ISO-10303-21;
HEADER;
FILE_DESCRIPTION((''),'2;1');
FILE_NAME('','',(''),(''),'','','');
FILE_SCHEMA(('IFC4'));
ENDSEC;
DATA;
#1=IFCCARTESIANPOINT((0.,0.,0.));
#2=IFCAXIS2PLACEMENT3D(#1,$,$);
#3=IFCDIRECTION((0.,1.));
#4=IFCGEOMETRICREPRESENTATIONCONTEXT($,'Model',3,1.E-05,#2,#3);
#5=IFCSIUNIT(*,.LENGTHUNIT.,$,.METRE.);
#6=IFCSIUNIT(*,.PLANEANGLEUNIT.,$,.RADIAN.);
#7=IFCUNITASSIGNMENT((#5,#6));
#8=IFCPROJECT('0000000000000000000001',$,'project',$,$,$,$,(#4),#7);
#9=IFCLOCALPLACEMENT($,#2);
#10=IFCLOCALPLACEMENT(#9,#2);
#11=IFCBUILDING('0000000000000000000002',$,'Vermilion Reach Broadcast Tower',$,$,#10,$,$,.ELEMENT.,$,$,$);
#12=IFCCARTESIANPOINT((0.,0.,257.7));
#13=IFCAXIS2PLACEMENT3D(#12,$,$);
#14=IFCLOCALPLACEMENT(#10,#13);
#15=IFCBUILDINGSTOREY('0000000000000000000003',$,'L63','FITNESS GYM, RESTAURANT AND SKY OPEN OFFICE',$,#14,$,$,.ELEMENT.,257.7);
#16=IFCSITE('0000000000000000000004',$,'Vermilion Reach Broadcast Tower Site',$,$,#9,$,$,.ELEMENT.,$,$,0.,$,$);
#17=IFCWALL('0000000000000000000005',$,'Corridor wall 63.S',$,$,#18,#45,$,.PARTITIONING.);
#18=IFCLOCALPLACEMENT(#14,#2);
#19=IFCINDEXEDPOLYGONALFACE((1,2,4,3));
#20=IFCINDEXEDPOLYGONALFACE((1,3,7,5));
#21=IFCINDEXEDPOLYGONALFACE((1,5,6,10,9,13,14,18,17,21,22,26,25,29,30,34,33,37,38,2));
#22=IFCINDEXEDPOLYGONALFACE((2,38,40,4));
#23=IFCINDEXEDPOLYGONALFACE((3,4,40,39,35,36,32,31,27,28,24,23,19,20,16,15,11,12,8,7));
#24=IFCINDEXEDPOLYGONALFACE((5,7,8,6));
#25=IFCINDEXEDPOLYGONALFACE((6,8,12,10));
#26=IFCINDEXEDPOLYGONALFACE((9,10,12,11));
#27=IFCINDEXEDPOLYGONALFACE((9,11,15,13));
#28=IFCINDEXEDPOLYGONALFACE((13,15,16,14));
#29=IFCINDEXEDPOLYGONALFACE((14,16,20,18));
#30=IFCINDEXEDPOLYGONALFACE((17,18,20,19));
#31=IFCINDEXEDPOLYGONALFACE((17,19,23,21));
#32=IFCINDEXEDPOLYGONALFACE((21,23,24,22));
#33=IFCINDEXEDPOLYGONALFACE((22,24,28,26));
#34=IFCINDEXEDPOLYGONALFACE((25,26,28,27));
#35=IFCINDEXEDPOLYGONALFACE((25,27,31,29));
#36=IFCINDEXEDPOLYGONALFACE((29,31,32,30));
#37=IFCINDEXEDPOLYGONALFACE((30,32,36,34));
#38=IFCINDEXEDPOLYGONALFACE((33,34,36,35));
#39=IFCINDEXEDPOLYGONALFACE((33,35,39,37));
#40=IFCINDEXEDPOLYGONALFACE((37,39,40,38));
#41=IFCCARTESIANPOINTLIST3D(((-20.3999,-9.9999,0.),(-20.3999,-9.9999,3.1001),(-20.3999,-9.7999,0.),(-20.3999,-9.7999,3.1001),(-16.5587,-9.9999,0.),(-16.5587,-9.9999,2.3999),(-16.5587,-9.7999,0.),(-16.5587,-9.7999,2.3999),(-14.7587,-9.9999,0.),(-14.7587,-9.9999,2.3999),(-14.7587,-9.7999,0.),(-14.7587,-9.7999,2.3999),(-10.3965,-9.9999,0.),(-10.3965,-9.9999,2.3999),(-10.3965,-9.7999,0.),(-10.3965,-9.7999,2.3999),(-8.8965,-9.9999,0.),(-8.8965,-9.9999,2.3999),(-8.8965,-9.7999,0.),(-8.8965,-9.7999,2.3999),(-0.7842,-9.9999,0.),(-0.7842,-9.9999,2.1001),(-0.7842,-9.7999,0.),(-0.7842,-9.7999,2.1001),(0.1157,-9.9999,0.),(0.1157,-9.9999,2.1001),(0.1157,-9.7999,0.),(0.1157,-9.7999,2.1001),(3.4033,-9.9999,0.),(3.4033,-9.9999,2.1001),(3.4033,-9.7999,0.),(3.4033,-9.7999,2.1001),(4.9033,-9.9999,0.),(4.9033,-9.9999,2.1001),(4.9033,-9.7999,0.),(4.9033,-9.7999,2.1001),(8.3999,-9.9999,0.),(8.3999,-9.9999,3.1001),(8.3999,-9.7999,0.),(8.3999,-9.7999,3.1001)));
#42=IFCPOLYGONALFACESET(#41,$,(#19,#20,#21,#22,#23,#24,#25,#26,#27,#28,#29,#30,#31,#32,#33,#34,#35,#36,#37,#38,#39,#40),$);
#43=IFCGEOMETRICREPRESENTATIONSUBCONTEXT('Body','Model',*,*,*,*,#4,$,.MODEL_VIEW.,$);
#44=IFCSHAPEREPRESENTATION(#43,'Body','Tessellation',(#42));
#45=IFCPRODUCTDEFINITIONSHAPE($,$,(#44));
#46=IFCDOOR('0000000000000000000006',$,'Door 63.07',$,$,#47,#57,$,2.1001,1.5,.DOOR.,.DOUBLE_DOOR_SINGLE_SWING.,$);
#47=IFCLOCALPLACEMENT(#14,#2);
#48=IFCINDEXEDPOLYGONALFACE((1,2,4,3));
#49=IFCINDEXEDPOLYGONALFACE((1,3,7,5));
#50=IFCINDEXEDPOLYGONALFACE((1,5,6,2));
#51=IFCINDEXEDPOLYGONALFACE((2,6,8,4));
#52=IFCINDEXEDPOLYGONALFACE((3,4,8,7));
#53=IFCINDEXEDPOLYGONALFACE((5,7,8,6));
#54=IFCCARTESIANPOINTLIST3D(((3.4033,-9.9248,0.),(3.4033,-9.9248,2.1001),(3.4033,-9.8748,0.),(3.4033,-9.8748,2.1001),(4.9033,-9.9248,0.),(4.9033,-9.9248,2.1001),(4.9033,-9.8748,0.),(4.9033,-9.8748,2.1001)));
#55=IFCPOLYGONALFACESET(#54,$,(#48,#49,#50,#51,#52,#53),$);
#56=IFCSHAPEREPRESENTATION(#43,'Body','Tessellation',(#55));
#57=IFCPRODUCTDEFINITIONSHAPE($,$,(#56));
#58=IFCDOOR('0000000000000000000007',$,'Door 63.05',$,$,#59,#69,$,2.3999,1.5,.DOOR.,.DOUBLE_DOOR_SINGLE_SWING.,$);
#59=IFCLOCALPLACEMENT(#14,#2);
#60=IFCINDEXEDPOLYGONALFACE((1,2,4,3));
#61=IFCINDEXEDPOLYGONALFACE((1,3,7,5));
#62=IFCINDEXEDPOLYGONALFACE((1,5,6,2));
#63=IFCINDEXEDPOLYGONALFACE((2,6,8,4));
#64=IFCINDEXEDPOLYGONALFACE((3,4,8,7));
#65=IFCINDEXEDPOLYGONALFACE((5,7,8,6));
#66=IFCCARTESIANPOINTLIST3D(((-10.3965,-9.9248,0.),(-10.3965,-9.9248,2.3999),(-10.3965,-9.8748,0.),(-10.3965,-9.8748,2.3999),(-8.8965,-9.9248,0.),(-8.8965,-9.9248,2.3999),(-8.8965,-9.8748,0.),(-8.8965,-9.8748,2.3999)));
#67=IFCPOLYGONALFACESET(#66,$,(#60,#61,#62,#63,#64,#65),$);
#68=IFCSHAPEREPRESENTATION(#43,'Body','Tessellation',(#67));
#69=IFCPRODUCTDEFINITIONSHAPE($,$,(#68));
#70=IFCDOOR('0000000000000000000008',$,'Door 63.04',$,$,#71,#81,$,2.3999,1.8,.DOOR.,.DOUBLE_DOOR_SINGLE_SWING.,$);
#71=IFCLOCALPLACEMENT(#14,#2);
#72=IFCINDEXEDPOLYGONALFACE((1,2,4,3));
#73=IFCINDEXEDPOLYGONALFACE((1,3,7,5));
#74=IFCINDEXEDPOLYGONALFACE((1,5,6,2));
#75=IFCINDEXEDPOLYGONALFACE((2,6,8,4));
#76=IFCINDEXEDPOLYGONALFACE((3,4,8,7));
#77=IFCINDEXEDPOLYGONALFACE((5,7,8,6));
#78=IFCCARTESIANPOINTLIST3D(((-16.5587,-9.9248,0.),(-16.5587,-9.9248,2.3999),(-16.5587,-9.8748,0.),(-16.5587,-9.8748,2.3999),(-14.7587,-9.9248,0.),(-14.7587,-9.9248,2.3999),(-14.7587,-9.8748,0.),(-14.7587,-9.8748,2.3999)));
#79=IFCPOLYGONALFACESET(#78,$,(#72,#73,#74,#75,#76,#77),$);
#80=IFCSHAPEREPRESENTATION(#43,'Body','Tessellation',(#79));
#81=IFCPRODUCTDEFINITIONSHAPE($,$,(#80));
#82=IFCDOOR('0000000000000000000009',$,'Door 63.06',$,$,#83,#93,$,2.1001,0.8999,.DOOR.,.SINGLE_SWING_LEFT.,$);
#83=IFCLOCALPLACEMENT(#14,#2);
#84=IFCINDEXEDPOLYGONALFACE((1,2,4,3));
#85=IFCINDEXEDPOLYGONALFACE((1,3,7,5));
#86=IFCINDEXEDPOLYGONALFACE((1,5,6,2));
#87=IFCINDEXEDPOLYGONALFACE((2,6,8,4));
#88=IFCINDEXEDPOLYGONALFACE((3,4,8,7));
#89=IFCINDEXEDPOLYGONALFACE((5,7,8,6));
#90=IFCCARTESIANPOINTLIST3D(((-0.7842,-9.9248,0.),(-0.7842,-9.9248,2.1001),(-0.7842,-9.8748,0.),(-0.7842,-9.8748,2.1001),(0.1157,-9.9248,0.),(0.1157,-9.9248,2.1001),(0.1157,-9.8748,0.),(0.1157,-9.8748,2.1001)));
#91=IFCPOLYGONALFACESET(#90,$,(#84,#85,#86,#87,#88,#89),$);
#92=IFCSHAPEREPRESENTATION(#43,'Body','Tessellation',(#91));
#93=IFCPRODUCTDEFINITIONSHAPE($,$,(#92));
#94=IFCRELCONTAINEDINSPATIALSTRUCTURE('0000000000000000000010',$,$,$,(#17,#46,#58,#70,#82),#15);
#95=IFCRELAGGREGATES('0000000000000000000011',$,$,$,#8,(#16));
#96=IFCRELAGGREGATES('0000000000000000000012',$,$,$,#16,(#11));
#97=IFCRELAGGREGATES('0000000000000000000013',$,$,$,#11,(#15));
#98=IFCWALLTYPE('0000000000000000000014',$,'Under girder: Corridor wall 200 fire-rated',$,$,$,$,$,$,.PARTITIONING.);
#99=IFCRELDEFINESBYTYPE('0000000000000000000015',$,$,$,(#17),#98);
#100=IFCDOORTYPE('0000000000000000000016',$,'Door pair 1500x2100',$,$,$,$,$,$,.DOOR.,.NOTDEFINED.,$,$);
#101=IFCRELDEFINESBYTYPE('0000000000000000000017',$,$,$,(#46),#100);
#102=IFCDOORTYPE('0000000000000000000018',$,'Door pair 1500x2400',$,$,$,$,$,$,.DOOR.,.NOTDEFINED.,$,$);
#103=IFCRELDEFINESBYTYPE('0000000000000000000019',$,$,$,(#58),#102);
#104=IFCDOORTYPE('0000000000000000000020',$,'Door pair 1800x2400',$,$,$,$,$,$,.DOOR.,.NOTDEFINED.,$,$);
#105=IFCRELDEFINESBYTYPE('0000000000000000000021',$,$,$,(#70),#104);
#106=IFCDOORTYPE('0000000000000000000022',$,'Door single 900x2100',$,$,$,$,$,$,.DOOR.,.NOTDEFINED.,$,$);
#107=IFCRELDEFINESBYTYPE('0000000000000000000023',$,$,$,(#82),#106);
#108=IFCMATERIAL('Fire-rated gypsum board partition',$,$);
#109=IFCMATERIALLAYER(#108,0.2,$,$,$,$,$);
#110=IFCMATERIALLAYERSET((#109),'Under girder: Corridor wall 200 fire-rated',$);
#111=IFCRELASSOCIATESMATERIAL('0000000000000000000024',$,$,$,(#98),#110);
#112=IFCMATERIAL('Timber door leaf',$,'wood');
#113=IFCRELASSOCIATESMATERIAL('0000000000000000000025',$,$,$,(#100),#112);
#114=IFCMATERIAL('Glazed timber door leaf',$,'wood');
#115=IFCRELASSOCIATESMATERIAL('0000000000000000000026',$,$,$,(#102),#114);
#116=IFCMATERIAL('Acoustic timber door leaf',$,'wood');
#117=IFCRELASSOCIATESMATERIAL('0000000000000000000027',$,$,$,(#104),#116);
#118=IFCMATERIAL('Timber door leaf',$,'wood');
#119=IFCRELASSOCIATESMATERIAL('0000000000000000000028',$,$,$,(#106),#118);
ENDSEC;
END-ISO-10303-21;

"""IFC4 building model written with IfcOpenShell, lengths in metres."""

from ifc_helpers import new_model, si_unit, direction, frame, frame_2d, origin, place, context, subcontext, project, spatial, rectangle, extrude, material, layer, layer_set, type_object, element, fill, save


model = new_model("IFC4")

# Units and contexts
model_context = context("Model", 3, precision=1e-05, world=origin(), true_north=direction((0.0, 1.0)))
body_context = subcontext(model_context, "Body", "Model", "MODEL_VIEW")
ifc_project = project(units=[si_unit("LENGTHUNIT", "METRE"), si_unit("PLANEANGLEUNIT", "RADIAN")], contexts=[model_context])

# Site, building, storey
site_placement = place(None, origin())
site = spatial("IfcSite", under=ifc_project, at=site_placement, Name="Vermilion Reach Broadcast Tower Site", CompositionType="ELEMENT", RefElevation=0.0)
building_placement = place(site_placement, origin())
building = spatial("IfcBuilding", under=site, at=building_placement, Name="Vermilion Reach Broadcast Tower", CompositionType="ELEMENT")
storey_placement = place(building_placement, frame((0.0, 0.0, 257.7)))
storey = spatial("IfcBuildingStorey", under=building, at=storey_placement, Name="L63", Description="FITNESS GYM, RESTAURANT AND SKY OPEN OFFICE", CompositionType="ELEMENT", Elevation=257.7)

# Wall, openings, doors
ifc_material_1 = material(Name="Fire-rated gypsum board partition")
ifc_layer_1 = layer(ifc_material_1, 0.2)
ifc_layer_set_1 = layer_set([ifc_layer_1], Name="Under girder: Corridor wall 200 fire-rated")
wall_type_1 = type_object("IfcWallType", Name="Under girder: Corridor wall 200 fire-rated", PredefinedType="PARTITIONING", material=ifc_layer_set_1)
wall_1_placement = place(storey_placement, frame((8.3999, -9.8999, 0.0), z_axis=(0.0, 0.0, 1.0), x_axis=(-1.0, 0.0, 0.0)))
wall_1 = element("IfcWall", 1, at=wall_1_placement, inside=storey, type_object=wall_type_1, Name="Corridor wall 63.S", PredefinedType="PARTITIONING", context=body_context, shape_type="SweptSolid", body=[
    extrude(rectangle(XDim=28.7998, YDim=0.2, at=frame_2d((14.3999, 0.0))), origin(), (0.0, 0.0, 1.0), 3.1001),
])
opening_1_placement = place(wall_1_placement, frame((23.1587, 0.0, 0.0)))
opening_1 = element("IfcOpeningElement", 2, at=opening_1_placement, cuts=wall_1, PredefinedType="OPENING", context=body_context, shape_type="SweptSolid", body=[
    extrude(rectangle(XDim=1.8, YDim=2.3999, at=frame_2d((0.8999, 1.2))), frame((0.0, 0.1099, 0.0), z_axis=(0.0, -1.0, 0.0), x_axis=(1.0, 0.0, 0.0)), (0.0, 0.0, 1.0), 0.22),
])
opening_2_placement = place(wall_1_placement, frame((17.2964, 0.0, 0.0)))
opening_2 = element("IfcOpeningElement", 3, at=opening_2_placement, cuts=wall_1, PredefinedType="OPENING", context=body_context, shape_type="SweptSolid", body=[
    extrude(rectangle(XDim=1.5, YDim=2.3999, at=frame_2d((0.75, 1.2))), frame((0.0, 0.1099, 0.0), z_axis=(0.0, -1.0, 0.0), x_axis=(1.0, 0.0, 0.0)), (0.0, 0.0, 1.0), 0.22),
])
opening_3_placement = place(wall_1_placement, frame((8.2842, 0.0, 0.0)))
opening_3 = element("IfcOpeningElement", 4, at=opening_3_placement, cuts=wall_1, PredefinedType="OPENING", context=body_context, shape_type="SweptSolid", body=[
    extrude(rectangle(XDim=0.8999, YDim=2.1001, at=frame_2d((0.45, 1.05))), frame((0.0, 0.1099, 0.0), z_axis=(0.0, -1.0, 0.0), x_axis=(1.0, 0.0, 0.0)), (0.0, 0.0, 1.0), 0.22),
])
opening_4_placement = place(wall_1_placement, frame((3.4966, 0.0, 0.0)))
opening_4 = element("IfcOpeningElement", 5, at=opening_4_placement, cuts=wall_1, PredefinedType="OPENING", context=body_context, shape_type="SweptSolid", body=[
    extrude(rectangle(XDim=1.5, YDim=2.1001, at=frame_2d((0.75, 1.05))), frame((0.0, 0.1099, 0.0), z_axis=(0.0, -1.0, 0.0), x_axis=(1.0, 0.0, 0.0)), (0.0, 0.0, 1.0), 0.22),
])
ifc_material_2 = material(Name="Timber door leaf", Category="wood")
door_type_1 = type_object("IfcDoorType", Name="Door pair 1500x2100", OperationType="NOTDEFINED", PredefinedType="DOOR", material=ifc_material_2)
door_1_placement = place(opening_4_placement, origin())
door_1 = element("IfcDoor", 6, at=door_1_placement, inside=storey, type_object=door_type_1, Name="Door 63.07", OperationType="DOUBLE_DOOR_SINGLE_SWING", OverallHeight=2.1001, OverallWidth=1.5, PredefinedType="DOOR", context=body_context, shape_type="SweptSolid", body=[
    extrude(rectangle(XDim=1.5, YDim=2.1001, at=frame_2d((0.75, 1.05))), frame((0.0, 0.0249, 0.0), z_axis=(0.0, -1.0, 0.0), x_axis=(1.0, 0.0, 0.0)), (0.0, 0.0, 1.0), 0.05),
])
fill(opening_4, door_1)
ifc_material_3 = material(Name="Glazed timber door leaf", Category="wood")
door_type_2 = type_object("IfcDoorType", Name="Door pair 1500x2400", OperationType="NOTDEFINED", PredefinedType="DOOR", material=ifc_material_3)
door_2_placement = place(opening_2_placement, origin())
door_2 = element("IfcDoor", 7, at=door_2_placement, inside=storey, type_object=door_type_2, Name="Door 63.05", OperationType="DOUBLE_DOOR_SINGLE_SWING", OverallHeight=2.3999, OverallWidth=1.5, PredefinedType="DOOR", context=body_context, shape_type="SweptSolid", body=[
    extrude(rectangle(XDim=1.5, YDim=2.3999, at=frame_2d((0.75, 1.2))), frame((0.0, 0.0249, 0.0), z_axis=(0.0, -1.0, 0.0), x_axis=(1.0, 0.0, 0.0)), (0.0, 0.0, 1.0), 0.05),
])
fill(opening_2, door_2)
ifc_material_4 = material(Name="Acoustic timber door leaf", Category="wood")
door_type_3 = type_object("IfcDoorType", Name="Door pair 1800x2400", OperationType="NOTDEFINED", PredefinedType="DOOR", material=ifc_material_4)
door_3_placement = place(opening_1_placement, origin())
door_3 = element("IfcDoor", 8, at=door_3_placement, inside=storey, type_object=door_type_3, Name="Door 63.04", OperationType="DOUBLE_DOOR_SINGLE_SWING", OverallHeight=2.3999, OverallWidth=1.8, PredefinedType="DOOR", context=body_context, shape_type="SweptSolid", body=[
    extrude(rectangle(XDim=1.8, YDim=2.3999, at=frame_2d((0.8999, 1.2))), frame((0.0, 0.0249, 0.0), z_axis=(0.0, -1.0, 0.0), x_axis=(1.0, 0.0, 0.0)), (0.0, 0.0, 1.0), 0.05),
])
fill(opening_1, door_3)
ifc_material_5 = material(Name="Timber door leaf", Category="wood")
door_type_4 = type_object("IfcDoorType", Name="Door single 900x2100", OperationType="NOTDEFINED", PredefinedType="DOOR", material=ifc_material_5)
door_4_placement = place(opening_3_placement, origin())
door_4 = element("IfcDoor", 9, at=door_4_placement, inside=storey, type_object=door_type_4, Name="Door 63.06", OperationType="SINGLE_SWING_LEFT", OverallHeight=2.1001, OverallWidth=0.8999, PredefinedType="DOOR", context=body_context, shape_type="SweptSolid", body=[
    extrude(rectangle(XDim=0.8999, YDim=2.1001, at=frame_2d((0.45, 1.05))), frame((0.0, 0.0249, 0.0), z_axis=(0.0, -1.0, 0.0), x_axis=(1.0, 0.0, 0.0)), (0.0, 0.0, 1.0), 0.05),
])
fill(opening_3, door_4)

save(model, "model.ifc")
